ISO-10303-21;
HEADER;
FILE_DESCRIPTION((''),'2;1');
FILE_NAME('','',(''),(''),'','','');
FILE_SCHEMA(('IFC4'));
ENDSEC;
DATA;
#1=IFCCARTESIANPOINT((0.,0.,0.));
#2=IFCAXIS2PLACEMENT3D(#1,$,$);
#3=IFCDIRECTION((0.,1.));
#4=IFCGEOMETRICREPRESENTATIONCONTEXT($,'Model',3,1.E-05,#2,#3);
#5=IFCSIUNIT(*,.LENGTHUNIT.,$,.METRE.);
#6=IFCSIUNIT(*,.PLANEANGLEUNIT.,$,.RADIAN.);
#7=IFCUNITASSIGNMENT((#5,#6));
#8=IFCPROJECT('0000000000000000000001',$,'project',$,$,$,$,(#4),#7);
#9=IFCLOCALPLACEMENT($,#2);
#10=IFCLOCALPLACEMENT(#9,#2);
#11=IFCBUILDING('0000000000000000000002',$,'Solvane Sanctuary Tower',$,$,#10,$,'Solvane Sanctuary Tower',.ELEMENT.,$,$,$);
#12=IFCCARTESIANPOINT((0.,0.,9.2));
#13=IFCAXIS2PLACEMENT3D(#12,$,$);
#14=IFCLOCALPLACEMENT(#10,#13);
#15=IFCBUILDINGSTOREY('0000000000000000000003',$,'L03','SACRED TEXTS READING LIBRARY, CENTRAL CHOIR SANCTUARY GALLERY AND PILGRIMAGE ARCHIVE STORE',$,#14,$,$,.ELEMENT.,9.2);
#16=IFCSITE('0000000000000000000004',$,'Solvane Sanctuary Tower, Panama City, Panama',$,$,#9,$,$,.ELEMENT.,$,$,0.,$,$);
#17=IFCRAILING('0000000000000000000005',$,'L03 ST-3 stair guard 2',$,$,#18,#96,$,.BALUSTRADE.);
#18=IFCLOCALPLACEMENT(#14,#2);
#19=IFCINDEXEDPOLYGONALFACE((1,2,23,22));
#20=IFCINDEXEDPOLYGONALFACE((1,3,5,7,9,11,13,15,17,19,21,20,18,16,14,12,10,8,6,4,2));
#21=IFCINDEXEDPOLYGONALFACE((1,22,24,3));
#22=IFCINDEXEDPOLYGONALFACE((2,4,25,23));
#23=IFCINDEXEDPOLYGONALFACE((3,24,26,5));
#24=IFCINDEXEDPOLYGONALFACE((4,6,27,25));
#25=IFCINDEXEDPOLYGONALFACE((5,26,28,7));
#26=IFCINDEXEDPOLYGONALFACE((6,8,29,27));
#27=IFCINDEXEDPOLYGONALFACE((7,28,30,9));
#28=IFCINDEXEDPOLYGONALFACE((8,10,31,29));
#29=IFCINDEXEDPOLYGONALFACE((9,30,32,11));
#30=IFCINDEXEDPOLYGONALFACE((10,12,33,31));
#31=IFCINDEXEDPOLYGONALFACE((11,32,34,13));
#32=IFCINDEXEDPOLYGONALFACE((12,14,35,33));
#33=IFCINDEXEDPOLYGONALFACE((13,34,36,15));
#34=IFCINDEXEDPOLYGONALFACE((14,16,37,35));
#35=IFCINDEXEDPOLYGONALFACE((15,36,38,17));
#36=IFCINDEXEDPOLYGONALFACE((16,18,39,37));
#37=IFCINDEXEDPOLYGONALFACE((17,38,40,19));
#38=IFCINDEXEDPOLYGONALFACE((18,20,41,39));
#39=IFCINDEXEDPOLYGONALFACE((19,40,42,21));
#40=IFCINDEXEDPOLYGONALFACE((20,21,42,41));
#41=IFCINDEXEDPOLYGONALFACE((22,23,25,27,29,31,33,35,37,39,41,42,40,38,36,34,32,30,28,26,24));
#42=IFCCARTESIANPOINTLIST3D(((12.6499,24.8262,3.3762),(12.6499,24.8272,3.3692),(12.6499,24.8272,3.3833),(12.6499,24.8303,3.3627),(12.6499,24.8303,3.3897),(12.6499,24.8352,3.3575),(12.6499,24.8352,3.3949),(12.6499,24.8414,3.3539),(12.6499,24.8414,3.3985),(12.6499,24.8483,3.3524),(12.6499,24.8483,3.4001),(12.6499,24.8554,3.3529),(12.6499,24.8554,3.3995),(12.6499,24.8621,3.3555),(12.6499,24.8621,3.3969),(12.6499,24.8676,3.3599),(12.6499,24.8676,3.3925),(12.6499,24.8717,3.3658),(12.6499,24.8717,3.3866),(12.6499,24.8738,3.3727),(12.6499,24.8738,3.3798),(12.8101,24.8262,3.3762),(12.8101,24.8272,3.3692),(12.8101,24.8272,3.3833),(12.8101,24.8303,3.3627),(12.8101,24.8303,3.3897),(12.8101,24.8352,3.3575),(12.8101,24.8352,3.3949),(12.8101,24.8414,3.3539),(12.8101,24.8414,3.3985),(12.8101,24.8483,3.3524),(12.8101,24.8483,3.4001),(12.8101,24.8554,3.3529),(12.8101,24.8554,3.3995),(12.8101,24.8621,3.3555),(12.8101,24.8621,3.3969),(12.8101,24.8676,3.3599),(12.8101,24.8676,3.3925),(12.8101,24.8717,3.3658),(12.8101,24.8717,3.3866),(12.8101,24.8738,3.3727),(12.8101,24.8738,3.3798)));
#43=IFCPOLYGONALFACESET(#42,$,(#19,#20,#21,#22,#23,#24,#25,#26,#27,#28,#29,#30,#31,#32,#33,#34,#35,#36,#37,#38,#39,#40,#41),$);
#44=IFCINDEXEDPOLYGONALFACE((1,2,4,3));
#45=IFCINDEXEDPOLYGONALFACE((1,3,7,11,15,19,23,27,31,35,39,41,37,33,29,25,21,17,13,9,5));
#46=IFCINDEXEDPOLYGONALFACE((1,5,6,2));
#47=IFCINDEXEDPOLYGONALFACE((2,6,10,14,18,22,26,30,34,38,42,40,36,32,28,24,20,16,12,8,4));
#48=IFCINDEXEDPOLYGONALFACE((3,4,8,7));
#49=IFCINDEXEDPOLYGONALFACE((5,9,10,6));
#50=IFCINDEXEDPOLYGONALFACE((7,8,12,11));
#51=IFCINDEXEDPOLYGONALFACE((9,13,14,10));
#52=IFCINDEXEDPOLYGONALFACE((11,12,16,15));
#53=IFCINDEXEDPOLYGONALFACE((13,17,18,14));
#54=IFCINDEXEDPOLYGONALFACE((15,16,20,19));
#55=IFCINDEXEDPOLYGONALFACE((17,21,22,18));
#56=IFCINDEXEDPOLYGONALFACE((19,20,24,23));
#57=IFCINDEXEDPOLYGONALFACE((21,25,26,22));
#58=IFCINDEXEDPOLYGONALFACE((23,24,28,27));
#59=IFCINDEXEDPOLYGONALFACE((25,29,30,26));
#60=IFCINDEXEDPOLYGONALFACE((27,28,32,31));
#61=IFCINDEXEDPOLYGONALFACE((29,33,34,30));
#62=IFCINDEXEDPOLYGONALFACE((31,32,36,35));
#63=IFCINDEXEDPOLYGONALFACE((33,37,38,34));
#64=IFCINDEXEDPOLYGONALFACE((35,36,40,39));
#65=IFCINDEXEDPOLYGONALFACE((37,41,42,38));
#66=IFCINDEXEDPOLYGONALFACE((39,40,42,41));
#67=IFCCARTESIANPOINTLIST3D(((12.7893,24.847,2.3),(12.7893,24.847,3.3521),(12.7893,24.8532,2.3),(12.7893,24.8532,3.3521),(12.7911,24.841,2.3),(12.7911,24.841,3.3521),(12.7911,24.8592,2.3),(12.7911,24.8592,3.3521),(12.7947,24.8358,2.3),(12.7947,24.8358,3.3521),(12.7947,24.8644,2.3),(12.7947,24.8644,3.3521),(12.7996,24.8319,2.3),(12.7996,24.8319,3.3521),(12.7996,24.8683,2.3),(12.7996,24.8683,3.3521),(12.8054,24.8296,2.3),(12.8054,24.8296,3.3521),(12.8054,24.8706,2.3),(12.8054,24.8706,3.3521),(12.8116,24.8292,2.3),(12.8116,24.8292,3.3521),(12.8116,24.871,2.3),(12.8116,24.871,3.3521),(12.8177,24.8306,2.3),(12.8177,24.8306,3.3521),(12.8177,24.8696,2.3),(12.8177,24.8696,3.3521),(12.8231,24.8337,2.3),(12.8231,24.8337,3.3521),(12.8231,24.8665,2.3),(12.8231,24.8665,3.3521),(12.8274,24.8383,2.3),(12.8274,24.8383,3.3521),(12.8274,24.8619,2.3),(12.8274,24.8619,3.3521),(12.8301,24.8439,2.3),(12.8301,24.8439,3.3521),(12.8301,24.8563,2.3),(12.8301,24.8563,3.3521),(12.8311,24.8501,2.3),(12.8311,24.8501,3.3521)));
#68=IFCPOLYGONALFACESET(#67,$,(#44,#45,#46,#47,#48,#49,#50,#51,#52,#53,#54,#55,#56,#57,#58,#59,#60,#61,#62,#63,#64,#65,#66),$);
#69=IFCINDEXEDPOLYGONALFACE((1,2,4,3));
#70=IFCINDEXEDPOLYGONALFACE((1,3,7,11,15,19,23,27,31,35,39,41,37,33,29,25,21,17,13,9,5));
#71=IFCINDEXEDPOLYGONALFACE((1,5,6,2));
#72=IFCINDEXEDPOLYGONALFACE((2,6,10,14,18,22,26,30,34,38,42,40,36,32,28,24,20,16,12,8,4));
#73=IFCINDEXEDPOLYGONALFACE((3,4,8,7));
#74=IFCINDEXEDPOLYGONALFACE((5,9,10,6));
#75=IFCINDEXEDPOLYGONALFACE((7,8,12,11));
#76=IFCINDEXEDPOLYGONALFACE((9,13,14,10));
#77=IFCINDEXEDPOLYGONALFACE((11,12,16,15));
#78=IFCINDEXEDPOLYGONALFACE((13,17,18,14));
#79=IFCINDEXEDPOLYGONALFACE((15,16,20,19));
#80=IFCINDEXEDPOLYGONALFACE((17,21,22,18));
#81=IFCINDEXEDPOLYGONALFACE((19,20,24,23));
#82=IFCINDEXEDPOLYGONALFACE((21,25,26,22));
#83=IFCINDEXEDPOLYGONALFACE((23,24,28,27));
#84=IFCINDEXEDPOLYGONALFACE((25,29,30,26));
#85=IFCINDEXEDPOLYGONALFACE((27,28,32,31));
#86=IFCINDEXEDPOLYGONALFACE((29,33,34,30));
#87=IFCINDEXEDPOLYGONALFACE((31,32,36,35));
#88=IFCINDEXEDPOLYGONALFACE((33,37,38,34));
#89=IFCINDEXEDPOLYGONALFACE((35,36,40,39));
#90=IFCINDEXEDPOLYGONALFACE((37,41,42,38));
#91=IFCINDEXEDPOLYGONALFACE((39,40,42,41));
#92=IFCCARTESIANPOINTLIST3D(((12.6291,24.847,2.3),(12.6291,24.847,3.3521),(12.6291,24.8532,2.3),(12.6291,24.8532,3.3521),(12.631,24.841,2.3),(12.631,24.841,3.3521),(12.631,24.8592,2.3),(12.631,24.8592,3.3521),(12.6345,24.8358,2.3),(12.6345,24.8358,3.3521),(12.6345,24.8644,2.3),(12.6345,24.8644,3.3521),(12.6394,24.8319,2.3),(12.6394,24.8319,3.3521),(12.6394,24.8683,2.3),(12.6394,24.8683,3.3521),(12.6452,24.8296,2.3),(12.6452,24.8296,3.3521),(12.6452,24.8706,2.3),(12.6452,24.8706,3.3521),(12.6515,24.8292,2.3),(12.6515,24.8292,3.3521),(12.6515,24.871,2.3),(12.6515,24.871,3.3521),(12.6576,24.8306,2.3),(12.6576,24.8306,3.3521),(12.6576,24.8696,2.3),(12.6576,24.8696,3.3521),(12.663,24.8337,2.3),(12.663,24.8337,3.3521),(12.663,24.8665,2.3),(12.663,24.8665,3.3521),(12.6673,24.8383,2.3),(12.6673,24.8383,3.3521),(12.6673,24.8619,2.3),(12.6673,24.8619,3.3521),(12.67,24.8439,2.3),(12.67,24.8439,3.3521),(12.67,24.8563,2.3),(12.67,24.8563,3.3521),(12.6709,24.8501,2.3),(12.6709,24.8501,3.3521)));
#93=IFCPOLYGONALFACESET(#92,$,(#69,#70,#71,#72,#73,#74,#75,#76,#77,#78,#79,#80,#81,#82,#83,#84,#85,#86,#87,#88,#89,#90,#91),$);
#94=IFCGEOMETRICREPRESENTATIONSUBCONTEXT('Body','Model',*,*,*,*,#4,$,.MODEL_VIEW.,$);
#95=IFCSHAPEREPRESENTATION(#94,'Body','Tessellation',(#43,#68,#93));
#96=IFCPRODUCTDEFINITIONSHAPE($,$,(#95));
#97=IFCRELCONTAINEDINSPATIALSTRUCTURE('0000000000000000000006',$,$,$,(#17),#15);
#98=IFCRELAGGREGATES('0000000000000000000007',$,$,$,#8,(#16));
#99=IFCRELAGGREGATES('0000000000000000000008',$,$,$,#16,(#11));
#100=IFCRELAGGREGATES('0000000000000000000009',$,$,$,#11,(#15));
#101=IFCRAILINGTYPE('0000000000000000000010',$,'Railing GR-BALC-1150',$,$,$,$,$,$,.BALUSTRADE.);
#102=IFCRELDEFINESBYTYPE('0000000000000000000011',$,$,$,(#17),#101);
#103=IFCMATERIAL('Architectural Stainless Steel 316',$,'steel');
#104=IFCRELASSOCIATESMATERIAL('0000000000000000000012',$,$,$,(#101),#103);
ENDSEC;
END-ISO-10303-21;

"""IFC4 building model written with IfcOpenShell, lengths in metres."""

from ifc_helpers import new_model, si_unit, direction, frame, origin, origin_2d, place, context, subcontext, project, spatial, circle, extrude, material, type_object, element, save


model = new_model("IFC4")

# Units and contexts
model_context = context("Model", 3, precision=1e-05, world=origin(), true_north=direction((0.0, 1.0)))
body_context = subcontext(model_context, "Body", "Model", "MODEL_VIEW")
ifc_project = project(units=[si_unit("LENGTHUNIT", "METRE"), si_unit("PLANEANGLEUNIT", "RADIAN")], contexts=[model_context])

# Site, building, storey
site_placement = place(None, origin())
site = spatial("IfcSite", under=ifc_project, at=site_placement, Name="Solvane Sanctuary Tower, Panama City, Panama", CompositionType="ELEMENT", RefElevation=0.0)
building_placement = place(site_placement, origin())
building = spatial("IfcBuilding", under=site, at=building_placement, Name="Solvane Sanctuary Tower", LongName="Solvane Sanctuary Tower", CompositionType="ELEMENT")
storey_placement = place(building_placement, frame((0.0, 0.0, 9.2)))
storey = spatial("IfcBuildingStorey", under=building, at=storey_placement, Name="L03", Description="SACRED TEXTS READING LIBRARY, CENTRAL CHOIR SANCTUARY GALLERY AND PILGRIMAGE ARCHIVE STORE", CompositionType="ELEMENT", Elevation=9.2)

# Shared definitions
ifc_material_1 = material(Name="Architectural Stainless Steel 316", Category="steel")

# Railing
railing_type = type_object("IfcRailingType", Name="Railing GR-BALC-1150", PredefinedType="BALUSTRADE", material=ifc_material_1)
railing_1_placement = place(storey_placement, frame((12.8101, 24.8501, 2.3)))
element("IfcRailing", 1, at=railing_1_placement, inside=storey, type_object=railing_type, Name="L03 ST-3 stair guard 2", PredefinedType="BALUSTRADE", context=body_context, shape_type="SweptSolid", body=[
    extrude(circle(Radius=0.0239, at=origin_2d()), frame((0.0, 0.0, 1.0762), z_axis=(-1.0, 0.0, 0.0), x_axis=(0.0, -1.0, 0.0)), (0.0, 0.0, 1.0), 0.1602),
    extrude(circle(Radius=0.021, at=origin_2d()), origin(), (0.0, 0.0, 1.0), 1.052),
    extrude(circle(Radius=0.021, at=origin_2d()), frame((-0.1602, 0.0, 0.0)), (0.0, 0.0, 1.0), 1.052),
])

save(model, "model.ifc")
